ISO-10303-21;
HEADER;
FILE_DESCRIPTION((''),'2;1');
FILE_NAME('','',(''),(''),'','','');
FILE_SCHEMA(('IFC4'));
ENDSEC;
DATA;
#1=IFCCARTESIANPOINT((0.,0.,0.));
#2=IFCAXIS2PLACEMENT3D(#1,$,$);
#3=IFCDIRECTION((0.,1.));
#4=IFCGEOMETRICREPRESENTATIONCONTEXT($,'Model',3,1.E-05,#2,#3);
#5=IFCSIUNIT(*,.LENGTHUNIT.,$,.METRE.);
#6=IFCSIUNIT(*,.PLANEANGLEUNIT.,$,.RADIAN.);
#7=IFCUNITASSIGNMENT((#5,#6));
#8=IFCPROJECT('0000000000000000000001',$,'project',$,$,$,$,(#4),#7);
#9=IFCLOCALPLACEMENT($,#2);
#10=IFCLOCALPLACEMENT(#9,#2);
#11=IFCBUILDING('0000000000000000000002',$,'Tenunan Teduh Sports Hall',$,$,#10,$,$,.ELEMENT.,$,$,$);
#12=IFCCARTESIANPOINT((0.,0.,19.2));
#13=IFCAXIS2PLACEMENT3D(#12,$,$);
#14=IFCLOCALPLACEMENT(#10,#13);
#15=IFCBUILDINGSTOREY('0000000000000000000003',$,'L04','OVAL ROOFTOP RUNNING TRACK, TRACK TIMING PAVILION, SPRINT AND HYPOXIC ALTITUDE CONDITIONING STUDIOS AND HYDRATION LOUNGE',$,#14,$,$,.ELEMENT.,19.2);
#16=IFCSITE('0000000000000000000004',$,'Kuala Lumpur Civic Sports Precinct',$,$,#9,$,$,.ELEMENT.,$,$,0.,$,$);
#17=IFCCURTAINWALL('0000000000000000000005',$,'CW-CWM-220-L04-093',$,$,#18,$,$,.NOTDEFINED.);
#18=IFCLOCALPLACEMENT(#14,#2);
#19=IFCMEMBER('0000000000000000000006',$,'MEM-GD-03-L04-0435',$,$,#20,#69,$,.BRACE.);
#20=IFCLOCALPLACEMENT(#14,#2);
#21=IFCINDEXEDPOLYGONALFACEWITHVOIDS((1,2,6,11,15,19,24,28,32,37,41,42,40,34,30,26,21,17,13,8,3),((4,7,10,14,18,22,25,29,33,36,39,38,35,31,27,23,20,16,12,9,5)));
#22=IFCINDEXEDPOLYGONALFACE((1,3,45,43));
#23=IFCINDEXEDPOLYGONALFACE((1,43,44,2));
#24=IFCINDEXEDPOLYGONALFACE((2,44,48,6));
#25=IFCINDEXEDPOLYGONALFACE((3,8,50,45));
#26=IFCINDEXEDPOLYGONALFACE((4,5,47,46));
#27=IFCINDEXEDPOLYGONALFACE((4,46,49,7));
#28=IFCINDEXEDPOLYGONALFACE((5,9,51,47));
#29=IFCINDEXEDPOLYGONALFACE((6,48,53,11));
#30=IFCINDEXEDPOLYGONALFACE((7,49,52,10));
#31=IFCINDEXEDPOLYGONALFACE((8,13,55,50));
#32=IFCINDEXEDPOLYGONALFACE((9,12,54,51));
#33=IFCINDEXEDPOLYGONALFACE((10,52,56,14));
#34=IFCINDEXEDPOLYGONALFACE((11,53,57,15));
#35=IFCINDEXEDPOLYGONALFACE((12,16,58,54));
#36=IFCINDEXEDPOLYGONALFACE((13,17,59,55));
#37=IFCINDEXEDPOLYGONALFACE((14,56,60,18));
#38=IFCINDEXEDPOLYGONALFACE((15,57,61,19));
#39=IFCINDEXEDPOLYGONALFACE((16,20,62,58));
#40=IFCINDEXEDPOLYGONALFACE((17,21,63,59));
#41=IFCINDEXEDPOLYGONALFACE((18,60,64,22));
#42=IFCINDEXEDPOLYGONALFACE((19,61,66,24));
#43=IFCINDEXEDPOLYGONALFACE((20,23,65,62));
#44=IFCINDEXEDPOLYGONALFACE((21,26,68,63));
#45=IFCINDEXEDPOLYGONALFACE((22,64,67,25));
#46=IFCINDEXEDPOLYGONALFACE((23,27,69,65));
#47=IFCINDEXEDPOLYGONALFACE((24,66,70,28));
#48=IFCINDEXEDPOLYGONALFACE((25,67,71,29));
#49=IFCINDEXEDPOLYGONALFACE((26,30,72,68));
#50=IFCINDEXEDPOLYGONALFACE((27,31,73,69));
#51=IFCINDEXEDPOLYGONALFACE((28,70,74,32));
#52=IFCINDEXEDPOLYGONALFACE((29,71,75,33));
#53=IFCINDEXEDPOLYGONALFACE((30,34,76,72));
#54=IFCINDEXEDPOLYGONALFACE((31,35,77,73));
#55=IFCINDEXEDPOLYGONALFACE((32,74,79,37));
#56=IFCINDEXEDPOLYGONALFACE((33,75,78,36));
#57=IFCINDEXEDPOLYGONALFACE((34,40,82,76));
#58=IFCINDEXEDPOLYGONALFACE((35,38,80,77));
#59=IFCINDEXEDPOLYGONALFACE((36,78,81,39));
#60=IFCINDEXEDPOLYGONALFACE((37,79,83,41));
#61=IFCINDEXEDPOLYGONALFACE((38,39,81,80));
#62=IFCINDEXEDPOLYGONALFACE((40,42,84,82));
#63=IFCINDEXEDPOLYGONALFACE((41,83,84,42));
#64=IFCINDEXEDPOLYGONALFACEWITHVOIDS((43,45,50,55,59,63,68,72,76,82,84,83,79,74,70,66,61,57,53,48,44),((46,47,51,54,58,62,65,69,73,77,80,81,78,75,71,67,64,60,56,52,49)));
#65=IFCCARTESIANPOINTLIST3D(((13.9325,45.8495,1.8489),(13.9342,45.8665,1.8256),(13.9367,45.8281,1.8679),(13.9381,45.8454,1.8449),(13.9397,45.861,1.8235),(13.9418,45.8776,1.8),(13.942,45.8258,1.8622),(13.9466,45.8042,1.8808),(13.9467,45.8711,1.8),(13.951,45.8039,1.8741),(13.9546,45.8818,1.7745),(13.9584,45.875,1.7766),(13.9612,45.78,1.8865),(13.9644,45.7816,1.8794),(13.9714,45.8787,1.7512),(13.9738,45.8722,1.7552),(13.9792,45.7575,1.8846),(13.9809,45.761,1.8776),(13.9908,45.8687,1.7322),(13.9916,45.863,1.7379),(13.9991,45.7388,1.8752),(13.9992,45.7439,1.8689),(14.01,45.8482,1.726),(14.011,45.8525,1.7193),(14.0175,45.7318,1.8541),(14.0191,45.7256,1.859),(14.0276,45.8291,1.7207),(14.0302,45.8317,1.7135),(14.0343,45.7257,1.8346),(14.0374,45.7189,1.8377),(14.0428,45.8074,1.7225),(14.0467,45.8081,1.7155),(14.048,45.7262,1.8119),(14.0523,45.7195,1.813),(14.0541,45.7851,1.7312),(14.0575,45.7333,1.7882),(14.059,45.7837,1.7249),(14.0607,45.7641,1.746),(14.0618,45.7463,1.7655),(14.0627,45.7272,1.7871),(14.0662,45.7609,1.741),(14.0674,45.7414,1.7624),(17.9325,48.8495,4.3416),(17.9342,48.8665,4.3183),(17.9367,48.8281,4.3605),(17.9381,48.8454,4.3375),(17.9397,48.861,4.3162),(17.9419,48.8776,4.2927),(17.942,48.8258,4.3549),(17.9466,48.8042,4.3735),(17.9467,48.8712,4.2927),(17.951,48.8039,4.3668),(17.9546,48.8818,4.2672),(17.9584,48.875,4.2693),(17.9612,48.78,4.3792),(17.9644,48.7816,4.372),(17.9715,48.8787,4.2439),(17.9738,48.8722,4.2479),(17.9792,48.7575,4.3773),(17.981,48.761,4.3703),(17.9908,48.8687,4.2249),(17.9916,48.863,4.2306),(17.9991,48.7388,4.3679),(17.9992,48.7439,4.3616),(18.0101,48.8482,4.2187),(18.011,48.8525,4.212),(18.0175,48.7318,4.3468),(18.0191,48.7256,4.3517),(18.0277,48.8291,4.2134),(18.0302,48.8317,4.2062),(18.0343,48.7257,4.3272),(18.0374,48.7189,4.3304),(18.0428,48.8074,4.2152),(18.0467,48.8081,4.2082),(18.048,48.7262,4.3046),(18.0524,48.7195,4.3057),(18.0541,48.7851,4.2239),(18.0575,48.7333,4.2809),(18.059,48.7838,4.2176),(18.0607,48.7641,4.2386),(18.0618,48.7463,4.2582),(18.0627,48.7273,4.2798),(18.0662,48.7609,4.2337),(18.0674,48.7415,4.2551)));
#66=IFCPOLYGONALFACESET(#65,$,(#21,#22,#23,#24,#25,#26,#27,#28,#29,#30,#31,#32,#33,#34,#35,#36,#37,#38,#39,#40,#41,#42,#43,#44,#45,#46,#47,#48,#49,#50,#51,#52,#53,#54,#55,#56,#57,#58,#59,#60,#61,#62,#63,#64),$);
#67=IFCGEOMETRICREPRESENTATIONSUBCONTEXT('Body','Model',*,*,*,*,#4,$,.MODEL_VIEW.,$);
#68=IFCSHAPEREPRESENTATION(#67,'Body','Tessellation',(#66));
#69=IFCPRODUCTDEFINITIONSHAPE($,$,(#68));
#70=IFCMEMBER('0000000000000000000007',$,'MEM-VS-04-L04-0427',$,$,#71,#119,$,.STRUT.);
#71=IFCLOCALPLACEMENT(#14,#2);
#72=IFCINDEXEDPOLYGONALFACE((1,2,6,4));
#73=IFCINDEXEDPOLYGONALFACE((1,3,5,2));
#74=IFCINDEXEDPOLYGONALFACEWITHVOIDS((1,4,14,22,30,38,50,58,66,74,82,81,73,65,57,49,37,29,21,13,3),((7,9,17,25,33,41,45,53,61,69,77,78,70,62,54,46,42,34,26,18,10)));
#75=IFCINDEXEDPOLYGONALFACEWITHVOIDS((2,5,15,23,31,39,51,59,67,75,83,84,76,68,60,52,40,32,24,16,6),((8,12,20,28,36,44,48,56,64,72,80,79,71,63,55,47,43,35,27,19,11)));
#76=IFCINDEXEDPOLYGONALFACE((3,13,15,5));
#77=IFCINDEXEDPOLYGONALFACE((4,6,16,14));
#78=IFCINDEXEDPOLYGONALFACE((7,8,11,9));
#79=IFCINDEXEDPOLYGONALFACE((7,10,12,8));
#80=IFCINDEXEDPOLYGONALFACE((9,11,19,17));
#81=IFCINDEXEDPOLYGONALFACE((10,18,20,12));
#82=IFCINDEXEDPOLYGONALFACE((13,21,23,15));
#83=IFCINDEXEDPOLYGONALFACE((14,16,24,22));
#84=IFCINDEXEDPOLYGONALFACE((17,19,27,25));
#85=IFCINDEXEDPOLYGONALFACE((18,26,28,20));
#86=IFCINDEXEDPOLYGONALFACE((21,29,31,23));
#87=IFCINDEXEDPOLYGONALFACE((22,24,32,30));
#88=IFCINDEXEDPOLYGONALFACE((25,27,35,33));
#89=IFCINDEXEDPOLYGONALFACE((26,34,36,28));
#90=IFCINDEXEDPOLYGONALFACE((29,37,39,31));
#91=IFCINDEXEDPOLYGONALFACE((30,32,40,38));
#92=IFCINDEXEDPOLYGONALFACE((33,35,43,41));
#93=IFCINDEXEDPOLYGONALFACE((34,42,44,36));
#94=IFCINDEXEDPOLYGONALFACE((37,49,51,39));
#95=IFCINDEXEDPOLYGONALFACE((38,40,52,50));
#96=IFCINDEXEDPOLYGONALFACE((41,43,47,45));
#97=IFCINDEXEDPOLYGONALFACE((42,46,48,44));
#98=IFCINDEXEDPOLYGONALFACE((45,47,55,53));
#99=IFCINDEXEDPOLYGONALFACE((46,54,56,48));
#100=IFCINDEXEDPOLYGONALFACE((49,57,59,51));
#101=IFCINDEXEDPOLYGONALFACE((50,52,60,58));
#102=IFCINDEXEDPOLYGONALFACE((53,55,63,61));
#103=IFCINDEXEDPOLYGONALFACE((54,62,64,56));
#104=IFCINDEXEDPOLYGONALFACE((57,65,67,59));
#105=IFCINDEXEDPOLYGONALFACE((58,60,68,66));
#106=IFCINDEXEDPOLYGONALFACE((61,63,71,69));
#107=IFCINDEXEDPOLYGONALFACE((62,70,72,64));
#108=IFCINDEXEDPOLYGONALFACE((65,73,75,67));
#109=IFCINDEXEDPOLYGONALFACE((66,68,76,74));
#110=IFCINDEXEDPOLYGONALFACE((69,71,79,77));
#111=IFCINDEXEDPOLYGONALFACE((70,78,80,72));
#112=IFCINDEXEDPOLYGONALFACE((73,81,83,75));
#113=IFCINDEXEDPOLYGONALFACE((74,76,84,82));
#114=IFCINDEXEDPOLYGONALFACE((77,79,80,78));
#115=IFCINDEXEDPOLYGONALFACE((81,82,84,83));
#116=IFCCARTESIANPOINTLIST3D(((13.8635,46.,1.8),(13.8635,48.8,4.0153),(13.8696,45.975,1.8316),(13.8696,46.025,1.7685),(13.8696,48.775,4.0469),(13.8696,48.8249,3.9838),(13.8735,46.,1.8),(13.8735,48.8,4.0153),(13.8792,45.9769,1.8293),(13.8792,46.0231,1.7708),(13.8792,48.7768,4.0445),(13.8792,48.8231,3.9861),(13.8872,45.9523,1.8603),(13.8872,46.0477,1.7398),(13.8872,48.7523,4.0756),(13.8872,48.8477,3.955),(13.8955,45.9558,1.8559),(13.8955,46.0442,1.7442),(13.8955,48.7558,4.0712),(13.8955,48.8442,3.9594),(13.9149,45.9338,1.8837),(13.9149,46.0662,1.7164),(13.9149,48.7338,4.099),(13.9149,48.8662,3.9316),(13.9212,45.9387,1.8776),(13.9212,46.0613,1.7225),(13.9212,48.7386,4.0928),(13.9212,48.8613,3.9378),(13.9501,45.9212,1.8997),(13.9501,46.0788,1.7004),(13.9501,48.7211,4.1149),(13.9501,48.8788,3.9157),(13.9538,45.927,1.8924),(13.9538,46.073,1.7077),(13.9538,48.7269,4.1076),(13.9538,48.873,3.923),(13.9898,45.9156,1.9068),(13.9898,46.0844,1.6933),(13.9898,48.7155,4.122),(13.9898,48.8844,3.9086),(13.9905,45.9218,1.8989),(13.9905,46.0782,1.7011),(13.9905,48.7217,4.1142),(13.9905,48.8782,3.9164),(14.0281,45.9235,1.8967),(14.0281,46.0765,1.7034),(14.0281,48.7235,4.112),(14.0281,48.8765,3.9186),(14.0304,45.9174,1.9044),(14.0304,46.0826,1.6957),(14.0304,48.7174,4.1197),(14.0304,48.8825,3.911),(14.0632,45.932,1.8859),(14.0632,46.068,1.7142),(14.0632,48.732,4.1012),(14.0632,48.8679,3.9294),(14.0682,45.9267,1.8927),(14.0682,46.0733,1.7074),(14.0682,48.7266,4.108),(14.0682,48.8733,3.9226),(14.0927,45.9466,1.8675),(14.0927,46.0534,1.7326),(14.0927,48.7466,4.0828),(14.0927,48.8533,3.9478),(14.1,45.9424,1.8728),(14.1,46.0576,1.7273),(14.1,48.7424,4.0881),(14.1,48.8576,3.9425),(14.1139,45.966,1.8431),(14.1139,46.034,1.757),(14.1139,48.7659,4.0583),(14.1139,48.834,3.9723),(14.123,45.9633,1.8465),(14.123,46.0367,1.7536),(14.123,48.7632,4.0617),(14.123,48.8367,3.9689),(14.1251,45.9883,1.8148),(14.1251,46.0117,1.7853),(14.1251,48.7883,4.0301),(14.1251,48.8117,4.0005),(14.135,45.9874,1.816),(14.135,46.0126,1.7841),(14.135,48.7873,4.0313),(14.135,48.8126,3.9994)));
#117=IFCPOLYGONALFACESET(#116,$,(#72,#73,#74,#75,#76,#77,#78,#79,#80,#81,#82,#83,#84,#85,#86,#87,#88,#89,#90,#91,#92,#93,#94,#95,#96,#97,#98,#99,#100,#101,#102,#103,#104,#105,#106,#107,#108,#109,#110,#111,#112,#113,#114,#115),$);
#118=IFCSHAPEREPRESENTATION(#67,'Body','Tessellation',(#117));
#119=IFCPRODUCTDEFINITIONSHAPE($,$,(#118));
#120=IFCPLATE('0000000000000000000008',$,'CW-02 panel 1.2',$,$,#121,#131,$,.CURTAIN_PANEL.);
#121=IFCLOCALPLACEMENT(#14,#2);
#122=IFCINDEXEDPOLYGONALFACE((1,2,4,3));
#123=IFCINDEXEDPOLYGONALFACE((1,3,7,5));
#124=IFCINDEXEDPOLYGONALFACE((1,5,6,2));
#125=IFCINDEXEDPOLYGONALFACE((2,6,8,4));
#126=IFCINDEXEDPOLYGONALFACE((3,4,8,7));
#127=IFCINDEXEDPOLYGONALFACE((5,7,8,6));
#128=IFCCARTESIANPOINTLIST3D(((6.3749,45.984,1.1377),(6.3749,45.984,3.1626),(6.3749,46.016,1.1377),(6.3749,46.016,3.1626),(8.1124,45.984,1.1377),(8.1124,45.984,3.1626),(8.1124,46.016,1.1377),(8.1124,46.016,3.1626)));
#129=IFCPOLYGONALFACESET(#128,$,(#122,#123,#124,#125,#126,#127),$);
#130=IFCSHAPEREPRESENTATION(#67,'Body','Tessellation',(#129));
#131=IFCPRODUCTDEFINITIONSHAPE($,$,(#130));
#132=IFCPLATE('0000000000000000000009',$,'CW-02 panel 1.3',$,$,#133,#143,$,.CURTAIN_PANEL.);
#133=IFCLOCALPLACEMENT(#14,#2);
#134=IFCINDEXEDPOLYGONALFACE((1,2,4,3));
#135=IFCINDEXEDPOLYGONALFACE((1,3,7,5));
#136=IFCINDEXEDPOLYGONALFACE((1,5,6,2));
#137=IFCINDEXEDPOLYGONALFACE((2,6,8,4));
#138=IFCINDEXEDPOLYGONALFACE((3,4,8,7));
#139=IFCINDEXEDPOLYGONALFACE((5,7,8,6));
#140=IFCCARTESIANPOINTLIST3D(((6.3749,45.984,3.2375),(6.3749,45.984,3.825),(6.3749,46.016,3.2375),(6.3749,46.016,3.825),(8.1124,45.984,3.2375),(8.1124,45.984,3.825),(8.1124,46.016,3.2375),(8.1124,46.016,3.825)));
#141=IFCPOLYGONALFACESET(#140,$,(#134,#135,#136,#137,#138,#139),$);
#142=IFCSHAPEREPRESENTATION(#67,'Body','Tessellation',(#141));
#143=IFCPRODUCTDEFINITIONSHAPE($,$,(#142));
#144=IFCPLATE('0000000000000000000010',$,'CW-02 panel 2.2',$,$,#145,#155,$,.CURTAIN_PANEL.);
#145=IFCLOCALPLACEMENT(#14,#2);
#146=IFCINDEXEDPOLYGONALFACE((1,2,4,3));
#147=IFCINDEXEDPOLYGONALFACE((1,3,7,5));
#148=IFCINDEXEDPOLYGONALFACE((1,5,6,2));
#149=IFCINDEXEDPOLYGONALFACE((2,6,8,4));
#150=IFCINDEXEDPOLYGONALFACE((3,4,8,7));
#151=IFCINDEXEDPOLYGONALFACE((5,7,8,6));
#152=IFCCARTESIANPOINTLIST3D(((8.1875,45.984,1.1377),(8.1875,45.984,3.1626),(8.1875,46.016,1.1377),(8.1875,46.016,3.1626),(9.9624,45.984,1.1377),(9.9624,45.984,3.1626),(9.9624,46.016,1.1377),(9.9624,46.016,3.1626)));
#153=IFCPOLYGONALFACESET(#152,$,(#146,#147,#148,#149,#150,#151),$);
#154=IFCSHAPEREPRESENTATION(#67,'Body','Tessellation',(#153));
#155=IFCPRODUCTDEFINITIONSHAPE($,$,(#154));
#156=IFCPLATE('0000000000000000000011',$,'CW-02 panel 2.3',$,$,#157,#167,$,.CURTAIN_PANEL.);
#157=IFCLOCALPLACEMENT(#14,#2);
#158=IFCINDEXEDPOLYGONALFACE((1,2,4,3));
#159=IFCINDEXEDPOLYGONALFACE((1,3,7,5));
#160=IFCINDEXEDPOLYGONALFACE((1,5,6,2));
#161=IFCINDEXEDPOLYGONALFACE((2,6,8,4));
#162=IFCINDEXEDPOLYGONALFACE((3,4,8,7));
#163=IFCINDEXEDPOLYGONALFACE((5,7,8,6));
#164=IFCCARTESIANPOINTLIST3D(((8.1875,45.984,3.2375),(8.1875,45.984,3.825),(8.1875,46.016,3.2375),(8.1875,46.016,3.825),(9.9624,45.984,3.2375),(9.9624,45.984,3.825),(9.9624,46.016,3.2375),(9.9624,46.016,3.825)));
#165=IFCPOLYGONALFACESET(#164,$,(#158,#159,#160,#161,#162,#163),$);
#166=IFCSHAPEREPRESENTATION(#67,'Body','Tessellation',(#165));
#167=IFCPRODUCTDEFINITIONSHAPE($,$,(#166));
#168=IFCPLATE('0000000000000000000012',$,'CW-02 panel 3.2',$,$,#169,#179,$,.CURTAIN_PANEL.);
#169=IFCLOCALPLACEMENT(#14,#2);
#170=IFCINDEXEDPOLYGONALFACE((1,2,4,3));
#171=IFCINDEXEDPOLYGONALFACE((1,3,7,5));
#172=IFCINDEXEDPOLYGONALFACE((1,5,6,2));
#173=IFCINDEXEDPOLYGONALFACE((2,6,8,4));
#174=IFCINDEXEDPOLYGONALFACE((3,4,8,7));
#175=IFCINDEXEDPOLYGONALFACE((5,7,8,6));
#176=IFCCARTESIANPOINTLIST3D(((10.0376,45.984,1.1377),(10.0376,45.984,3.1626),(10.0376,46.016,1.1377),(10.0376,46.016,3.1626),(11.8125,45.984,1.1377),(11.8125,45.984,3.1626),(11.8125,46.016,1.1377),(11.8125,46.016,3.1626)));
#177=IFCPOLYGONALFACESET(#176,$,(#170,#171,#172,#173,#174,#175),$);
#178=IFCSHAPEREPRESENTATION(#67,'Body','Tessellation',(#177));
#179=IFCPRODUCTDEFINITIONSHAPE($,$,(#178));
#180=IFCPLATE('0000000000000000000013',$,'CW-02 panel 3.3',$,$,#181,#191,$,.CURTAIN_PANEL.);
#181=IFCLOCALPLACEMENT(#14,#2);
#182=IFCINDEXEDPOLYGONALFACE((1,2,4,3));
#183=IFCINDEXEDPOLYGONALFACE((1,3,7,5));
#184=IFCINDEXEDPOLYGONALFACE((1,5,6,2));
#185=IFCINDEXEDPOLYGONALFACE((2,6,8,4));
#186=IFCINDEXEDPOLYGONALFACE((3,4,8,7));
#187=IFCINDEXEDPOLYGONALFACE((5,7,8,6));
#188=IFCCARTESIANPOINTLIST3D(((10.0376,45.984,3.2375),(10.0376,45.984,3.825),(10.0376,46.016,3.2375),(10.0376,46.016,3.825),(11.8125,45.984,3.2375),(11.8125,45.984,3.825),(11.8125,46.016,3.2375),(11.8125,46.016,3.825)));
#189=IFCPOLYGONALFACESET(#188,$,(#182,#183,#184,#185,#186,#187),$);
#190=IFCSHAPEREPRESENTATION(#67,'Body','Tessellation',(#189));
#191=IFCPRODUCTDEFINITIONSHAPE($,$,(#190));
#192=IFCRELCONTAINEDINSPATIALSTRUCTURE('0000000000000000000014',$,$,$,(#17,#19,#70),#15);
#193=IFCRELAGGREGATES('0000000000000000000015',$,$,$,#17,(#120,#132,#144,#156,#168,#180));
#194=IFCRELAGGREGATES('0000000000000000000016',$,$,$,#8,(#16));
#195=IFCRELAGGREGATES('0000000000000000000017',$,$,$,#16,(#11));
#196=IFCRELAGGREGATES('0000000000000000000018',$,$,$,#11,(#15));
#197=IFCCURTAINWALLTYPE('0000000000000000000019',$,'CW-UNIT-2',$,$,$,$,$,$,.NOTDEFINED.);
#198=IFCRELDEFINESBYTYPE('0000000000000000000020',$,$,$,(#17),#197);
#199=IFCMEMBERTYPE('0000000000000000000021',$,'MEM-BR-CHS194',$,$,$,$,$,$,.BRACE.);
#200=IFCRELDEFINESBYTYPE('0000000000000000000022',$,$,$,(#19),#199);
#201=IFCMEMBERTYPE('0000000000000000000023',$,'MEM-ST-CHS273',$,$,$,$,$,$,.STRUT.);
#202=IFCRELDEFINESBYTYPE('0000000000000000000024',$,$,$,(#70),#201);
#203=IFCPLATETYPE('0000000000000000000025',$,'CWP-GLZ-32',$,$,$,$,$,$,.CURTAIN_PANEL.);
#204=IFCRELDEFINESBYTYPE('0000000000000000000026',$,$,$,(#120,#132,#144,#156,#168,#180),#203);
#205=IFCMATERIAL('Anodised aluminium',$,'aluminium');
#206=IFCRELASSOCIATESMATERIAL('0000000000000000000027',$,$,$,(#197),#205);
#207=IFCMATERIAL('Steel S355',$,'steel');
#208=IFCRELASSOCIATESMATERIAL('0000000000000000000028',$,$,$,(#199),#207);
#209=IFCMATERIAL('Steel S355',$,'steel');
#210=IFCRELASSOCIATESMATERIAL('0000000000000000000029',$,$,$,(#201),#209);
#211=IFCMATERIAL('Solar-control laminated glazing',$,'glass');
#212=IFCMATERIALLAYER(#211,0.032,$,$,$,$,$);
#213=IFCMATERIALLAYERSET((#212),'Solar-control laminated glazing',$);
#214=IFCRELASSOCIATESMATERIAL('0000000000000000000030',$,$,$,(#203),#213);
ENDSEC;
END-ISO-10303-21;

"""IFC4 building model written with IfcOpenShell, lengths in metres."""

from ifc_helpers import new_model, si_unit, direction, frame, origin, origin_2d, place, context, subcontext, project, spatial, rectangle, hollow_circle, extrude, material, layer, layer_set, material_profile, profile_set, type_object, element, aggregate, save


model = new_model("IFC4")

# Units and contexts
model_context = context("Model", 3, precision=1e-05, world=origin(), true_north=direction((0.0, 1.0)))
body_context = subcontext(model_context, "Body", "Model", "MODEL_VIEW")
ifc_project = project(units=[si_unit("LENGTHUNIT", "METRE"), si_unit("PLANEANGLEUNIT", "RADIAN")], contexts=[model_context])

# Site, building, storey
site_placement = place(None, origin())
site = spatial("IfcSite", under=ifc_project, at=site_placement, Name="Kuala Lumpur Civic Sports Precinct", CompositionType="ELEMENT", RefElevation=0.0)
building_placement = place(site_placement, origin())
building = spatial("IfcBuilding", under=site, at=building_placement, Name="Tenunan Teduh Sports Hall", CompositionType="ELEMENT")
storey_placement = place(building_placement, frame((0.0, 0.0, 19.2)))
storey = spatial("IfcBuildingStorey", under=building, at=storey_placement, Name="L04", Description="OVAL ROOFTOP RUNNING TRACK, TRACK TIMING PAVILION, SPRINT AND HYPOXIC ALTITUDE CONDITIONING STUDIOS AND HYDRATION LOUNGE", CompositionType="ELEMENT", Elevation=19.2)

# Shared definitions
ifc_material_1 = material(Name="Anodised aluminium", Category="aluminium")
curtain_wall_type = type_object("IfcCurtainWallType", Name="CW-UNIT-2", PredefinedType="NOTDEFINED", material=ifc_material_1)

# Curtain wall
curtain_wall_1_placement = place(storey_placement, origin())
curtain_wall_1 = element("IfcCurtainWall", 1, at=curtain_wall_1_placement, inside=storey, type_object=curtain_wall_type, Name="CW-CWM-220-L04-093", PredefinedType="NOTDEFINED")

# Members
ifc_material_2 = material(Name="Steel S355", Category="steel")
ifc_material_profile_1 = material_profile(ifc_material_2, hollow_circle(Radius=0.0969, WallThickness=0.0081, at=origin_2d()), Name="CHS 193.7x8.0")
ifc_profile_set_1 = profile_set([ifc_material_profile_1], Name="Steel S355")
member_type_1 = type_object("IfcMemberType", Name="MEM-BR-CHS194", PredefinedType="BRACE", material=ifc_profile_set_1)
member_1_placement = place(storey_placement, frame((14.0, 45.8, 1.8), z_axis=(0.715961, 0.536971, 0.446165), x_axis=(-0.6, 0.8, 0.0)))
element("IfcMember", 2, at=member_1_placement, inside=storey, type_object=member_type_1, Name="MEM-GD-03-L04-0435", PredefinedType="BRACE", context=body_context, shape_type="SweptSolid", body=[
    extrude(hollow_circle(Radius=0.0969, WallThickness=0.0081, at=origin_2d()), origin(), (0.0, 0.0, 1.0), 5.5869),
])
ifc_material_3 = material(Name="Steel S355", Category="steel")
ifc_material_profile_2 = material_profile(ifc_material_3, hollow_circle(Radius=0.1365, WallThickness=0.01, at=origin_2d()), Name="CHS 273.0x10.0")
ifc_profile_set_2 = profile_set([ifc_material_profile_2], Name="Steel S355")
member_type_2 = type_object("IfcMemberType", Name="MEM-ST-CHS273", PredefinedType="STRUT", material=ifc_profile_set_2)
member_2_placement = place(storey_placement, frame((14.0, 46.0, 1.8), z_axis=(0.0, 0.784233, 0.620466), x_axis=(-1.0, 0.0, 0.0)))
element("IfcMember", 3, at=member_2_placement, inside=storey, type_object=member_type_2, Name="MEM-VS-04-L04-0427", PredefinedType="STRUT", context=body_context, shape_type="SweptSolid", body=[
    extrude(hollow_circle(Radius=0.1365, WallThickness=0.01, at=origin_2d()), origin(), (0.0, 0.0, 1.0), 3.5703),
])

# Plates
ifc_material_4 = material(Name="Solar-control laminated glazing", Category="glass")
ifc_layer_1 = layer(ifc_material_4, 0.032)
ifc_layer_set_1 = layer_set([ifc_layer_1], Name="Solar-control laminated glazing")
plate_type_1 = type_object("IfcPlateType", Name="CWP-GLZ-32", PredefinedType="CURTAIN_PANEL", material=ifc_layer_set_1)
plate_1_placement = place(storey_placement, frame((7.2437, 46.0, 1.1377), z_axis=(0.0, 0.0, 1.0), x_axis=(1.0, 0.0, 0.0)))
plate_1 = element("IfcPlate", 4, at=plate_1_placement, type_object=plate_type_1, Name="CW-02 panel 1.2", PredefinedType="CURTAIN_PANEL", context=body_context, shape_type="SweptSolid", body=[
    extrude(rectangle(XDim=1.7375, YDim=0.032, at=origin_2d()), origin(), (0.0, 0.0, 1.0), 2.0249),
])
plate_2_placement = place(storey_placement, frame((7.2437, 46.0, 3.2375), z_axis=(0.0, 0.0, 1.0), x_axis=(1.0, 0.0, 0.0)))
plate_2 = element("IfcPlate", 5, at=plate_2_placement, type_object=plate_type_1, Name="CW-02 panel 1.3", PredefinedType="CURTAIN_PANEL", context=body_context, shape_type="SweptSolid", body=[
    extrude(rectangle(XDim=1.7375, YDim=0.032, at=origin_2d()), origin(), (0.0, 0.0, 1.0), 0.5874),
])
plate_3_placement = place(storey_placement, frame((9.075, 46.0, 1.1377), z_axis=(0.0, 0.0, 1.0), x_axis=(1.0, 0.0, 0.0)))
plate_3 = element("IfcPlate", 6, at=plate_3_placement, type_object=plate_type_1, Name="CW-02 panel 2.2", PredefinedType="CURTAIN_PANEL", context=body_context, shape_type="SweptSolid", body=[
    extrude(rectangle(XDim=1.7749, YDim=0.032, at=origin_2d()), origin(), (0.0, 0.0, 1.0), 2.0249),
])
plate_4_placement = place(storey_placement, frame((9.075, 46.0, 3.2375), z_axis=(0.0, 0.0, 1.0), x_axis=(1.0, 0.0, 0.0)))
plate_4 = element("IfcPlate", 7, at=plate_4_placement, type_object=plate_type_1, Name="CW-02 panel 2.3", PredefinedType="CURTAIN_PANEL", context=body_context, shape_type="SweptSolid", body=[
    extrude(rectangle(XDim=1.7749, YDim=0.032, at=origin_2d()), origin(), (0.0, 0.0, 1.0), 0.5874),
])
plate_5_placement = place(storey_placement, frame((10.925, 46.0, 1.1377), z_axis=(0.0, 0.0, 1.0), x_axis=(1.0, 0.0, 0.0)))
plate_5 = element("IfcPlate", 8, at=plate_5_placement, type_object=plate_type_1, Name="CW-02 panel 3.2", PredefinedType="CURTAIN_PANEL", context=body_context, shape_type="SweptSolid", body=[
    extrude(rectangle(XDim=1.7749, YDim=0.032, at=origin_2d()), origin(), (0.0, 0.0, 1.0), 2.0249),
])
plate_6_placement = place(storey_placement, frame((10.925, 46.0, 3.2375), z_axis=(0.0, 0.0, 1.0), x_axis=(1.0, 0.0, 0.0)))
plate_6 = element("IfcPlate", 9, at=plate_6_placement, type_object=plate_type_1, Name="CW-02 panel 3.3", PredefinedType="CURTAIN_PANEL", context=body_context, shape_type="SweptSolid", body=[
    extrude(rectangle(XDim=1.7749, YDim=0.032, at=origin_2d()), origin(), (0.0, 0.0, 1.0), 0.5874),
])
aggregate(curtain_wall_1, [plate_1, plate_2, plate_3, plate_4, plate_5, plate_6])

save(model, "model.ifc")
